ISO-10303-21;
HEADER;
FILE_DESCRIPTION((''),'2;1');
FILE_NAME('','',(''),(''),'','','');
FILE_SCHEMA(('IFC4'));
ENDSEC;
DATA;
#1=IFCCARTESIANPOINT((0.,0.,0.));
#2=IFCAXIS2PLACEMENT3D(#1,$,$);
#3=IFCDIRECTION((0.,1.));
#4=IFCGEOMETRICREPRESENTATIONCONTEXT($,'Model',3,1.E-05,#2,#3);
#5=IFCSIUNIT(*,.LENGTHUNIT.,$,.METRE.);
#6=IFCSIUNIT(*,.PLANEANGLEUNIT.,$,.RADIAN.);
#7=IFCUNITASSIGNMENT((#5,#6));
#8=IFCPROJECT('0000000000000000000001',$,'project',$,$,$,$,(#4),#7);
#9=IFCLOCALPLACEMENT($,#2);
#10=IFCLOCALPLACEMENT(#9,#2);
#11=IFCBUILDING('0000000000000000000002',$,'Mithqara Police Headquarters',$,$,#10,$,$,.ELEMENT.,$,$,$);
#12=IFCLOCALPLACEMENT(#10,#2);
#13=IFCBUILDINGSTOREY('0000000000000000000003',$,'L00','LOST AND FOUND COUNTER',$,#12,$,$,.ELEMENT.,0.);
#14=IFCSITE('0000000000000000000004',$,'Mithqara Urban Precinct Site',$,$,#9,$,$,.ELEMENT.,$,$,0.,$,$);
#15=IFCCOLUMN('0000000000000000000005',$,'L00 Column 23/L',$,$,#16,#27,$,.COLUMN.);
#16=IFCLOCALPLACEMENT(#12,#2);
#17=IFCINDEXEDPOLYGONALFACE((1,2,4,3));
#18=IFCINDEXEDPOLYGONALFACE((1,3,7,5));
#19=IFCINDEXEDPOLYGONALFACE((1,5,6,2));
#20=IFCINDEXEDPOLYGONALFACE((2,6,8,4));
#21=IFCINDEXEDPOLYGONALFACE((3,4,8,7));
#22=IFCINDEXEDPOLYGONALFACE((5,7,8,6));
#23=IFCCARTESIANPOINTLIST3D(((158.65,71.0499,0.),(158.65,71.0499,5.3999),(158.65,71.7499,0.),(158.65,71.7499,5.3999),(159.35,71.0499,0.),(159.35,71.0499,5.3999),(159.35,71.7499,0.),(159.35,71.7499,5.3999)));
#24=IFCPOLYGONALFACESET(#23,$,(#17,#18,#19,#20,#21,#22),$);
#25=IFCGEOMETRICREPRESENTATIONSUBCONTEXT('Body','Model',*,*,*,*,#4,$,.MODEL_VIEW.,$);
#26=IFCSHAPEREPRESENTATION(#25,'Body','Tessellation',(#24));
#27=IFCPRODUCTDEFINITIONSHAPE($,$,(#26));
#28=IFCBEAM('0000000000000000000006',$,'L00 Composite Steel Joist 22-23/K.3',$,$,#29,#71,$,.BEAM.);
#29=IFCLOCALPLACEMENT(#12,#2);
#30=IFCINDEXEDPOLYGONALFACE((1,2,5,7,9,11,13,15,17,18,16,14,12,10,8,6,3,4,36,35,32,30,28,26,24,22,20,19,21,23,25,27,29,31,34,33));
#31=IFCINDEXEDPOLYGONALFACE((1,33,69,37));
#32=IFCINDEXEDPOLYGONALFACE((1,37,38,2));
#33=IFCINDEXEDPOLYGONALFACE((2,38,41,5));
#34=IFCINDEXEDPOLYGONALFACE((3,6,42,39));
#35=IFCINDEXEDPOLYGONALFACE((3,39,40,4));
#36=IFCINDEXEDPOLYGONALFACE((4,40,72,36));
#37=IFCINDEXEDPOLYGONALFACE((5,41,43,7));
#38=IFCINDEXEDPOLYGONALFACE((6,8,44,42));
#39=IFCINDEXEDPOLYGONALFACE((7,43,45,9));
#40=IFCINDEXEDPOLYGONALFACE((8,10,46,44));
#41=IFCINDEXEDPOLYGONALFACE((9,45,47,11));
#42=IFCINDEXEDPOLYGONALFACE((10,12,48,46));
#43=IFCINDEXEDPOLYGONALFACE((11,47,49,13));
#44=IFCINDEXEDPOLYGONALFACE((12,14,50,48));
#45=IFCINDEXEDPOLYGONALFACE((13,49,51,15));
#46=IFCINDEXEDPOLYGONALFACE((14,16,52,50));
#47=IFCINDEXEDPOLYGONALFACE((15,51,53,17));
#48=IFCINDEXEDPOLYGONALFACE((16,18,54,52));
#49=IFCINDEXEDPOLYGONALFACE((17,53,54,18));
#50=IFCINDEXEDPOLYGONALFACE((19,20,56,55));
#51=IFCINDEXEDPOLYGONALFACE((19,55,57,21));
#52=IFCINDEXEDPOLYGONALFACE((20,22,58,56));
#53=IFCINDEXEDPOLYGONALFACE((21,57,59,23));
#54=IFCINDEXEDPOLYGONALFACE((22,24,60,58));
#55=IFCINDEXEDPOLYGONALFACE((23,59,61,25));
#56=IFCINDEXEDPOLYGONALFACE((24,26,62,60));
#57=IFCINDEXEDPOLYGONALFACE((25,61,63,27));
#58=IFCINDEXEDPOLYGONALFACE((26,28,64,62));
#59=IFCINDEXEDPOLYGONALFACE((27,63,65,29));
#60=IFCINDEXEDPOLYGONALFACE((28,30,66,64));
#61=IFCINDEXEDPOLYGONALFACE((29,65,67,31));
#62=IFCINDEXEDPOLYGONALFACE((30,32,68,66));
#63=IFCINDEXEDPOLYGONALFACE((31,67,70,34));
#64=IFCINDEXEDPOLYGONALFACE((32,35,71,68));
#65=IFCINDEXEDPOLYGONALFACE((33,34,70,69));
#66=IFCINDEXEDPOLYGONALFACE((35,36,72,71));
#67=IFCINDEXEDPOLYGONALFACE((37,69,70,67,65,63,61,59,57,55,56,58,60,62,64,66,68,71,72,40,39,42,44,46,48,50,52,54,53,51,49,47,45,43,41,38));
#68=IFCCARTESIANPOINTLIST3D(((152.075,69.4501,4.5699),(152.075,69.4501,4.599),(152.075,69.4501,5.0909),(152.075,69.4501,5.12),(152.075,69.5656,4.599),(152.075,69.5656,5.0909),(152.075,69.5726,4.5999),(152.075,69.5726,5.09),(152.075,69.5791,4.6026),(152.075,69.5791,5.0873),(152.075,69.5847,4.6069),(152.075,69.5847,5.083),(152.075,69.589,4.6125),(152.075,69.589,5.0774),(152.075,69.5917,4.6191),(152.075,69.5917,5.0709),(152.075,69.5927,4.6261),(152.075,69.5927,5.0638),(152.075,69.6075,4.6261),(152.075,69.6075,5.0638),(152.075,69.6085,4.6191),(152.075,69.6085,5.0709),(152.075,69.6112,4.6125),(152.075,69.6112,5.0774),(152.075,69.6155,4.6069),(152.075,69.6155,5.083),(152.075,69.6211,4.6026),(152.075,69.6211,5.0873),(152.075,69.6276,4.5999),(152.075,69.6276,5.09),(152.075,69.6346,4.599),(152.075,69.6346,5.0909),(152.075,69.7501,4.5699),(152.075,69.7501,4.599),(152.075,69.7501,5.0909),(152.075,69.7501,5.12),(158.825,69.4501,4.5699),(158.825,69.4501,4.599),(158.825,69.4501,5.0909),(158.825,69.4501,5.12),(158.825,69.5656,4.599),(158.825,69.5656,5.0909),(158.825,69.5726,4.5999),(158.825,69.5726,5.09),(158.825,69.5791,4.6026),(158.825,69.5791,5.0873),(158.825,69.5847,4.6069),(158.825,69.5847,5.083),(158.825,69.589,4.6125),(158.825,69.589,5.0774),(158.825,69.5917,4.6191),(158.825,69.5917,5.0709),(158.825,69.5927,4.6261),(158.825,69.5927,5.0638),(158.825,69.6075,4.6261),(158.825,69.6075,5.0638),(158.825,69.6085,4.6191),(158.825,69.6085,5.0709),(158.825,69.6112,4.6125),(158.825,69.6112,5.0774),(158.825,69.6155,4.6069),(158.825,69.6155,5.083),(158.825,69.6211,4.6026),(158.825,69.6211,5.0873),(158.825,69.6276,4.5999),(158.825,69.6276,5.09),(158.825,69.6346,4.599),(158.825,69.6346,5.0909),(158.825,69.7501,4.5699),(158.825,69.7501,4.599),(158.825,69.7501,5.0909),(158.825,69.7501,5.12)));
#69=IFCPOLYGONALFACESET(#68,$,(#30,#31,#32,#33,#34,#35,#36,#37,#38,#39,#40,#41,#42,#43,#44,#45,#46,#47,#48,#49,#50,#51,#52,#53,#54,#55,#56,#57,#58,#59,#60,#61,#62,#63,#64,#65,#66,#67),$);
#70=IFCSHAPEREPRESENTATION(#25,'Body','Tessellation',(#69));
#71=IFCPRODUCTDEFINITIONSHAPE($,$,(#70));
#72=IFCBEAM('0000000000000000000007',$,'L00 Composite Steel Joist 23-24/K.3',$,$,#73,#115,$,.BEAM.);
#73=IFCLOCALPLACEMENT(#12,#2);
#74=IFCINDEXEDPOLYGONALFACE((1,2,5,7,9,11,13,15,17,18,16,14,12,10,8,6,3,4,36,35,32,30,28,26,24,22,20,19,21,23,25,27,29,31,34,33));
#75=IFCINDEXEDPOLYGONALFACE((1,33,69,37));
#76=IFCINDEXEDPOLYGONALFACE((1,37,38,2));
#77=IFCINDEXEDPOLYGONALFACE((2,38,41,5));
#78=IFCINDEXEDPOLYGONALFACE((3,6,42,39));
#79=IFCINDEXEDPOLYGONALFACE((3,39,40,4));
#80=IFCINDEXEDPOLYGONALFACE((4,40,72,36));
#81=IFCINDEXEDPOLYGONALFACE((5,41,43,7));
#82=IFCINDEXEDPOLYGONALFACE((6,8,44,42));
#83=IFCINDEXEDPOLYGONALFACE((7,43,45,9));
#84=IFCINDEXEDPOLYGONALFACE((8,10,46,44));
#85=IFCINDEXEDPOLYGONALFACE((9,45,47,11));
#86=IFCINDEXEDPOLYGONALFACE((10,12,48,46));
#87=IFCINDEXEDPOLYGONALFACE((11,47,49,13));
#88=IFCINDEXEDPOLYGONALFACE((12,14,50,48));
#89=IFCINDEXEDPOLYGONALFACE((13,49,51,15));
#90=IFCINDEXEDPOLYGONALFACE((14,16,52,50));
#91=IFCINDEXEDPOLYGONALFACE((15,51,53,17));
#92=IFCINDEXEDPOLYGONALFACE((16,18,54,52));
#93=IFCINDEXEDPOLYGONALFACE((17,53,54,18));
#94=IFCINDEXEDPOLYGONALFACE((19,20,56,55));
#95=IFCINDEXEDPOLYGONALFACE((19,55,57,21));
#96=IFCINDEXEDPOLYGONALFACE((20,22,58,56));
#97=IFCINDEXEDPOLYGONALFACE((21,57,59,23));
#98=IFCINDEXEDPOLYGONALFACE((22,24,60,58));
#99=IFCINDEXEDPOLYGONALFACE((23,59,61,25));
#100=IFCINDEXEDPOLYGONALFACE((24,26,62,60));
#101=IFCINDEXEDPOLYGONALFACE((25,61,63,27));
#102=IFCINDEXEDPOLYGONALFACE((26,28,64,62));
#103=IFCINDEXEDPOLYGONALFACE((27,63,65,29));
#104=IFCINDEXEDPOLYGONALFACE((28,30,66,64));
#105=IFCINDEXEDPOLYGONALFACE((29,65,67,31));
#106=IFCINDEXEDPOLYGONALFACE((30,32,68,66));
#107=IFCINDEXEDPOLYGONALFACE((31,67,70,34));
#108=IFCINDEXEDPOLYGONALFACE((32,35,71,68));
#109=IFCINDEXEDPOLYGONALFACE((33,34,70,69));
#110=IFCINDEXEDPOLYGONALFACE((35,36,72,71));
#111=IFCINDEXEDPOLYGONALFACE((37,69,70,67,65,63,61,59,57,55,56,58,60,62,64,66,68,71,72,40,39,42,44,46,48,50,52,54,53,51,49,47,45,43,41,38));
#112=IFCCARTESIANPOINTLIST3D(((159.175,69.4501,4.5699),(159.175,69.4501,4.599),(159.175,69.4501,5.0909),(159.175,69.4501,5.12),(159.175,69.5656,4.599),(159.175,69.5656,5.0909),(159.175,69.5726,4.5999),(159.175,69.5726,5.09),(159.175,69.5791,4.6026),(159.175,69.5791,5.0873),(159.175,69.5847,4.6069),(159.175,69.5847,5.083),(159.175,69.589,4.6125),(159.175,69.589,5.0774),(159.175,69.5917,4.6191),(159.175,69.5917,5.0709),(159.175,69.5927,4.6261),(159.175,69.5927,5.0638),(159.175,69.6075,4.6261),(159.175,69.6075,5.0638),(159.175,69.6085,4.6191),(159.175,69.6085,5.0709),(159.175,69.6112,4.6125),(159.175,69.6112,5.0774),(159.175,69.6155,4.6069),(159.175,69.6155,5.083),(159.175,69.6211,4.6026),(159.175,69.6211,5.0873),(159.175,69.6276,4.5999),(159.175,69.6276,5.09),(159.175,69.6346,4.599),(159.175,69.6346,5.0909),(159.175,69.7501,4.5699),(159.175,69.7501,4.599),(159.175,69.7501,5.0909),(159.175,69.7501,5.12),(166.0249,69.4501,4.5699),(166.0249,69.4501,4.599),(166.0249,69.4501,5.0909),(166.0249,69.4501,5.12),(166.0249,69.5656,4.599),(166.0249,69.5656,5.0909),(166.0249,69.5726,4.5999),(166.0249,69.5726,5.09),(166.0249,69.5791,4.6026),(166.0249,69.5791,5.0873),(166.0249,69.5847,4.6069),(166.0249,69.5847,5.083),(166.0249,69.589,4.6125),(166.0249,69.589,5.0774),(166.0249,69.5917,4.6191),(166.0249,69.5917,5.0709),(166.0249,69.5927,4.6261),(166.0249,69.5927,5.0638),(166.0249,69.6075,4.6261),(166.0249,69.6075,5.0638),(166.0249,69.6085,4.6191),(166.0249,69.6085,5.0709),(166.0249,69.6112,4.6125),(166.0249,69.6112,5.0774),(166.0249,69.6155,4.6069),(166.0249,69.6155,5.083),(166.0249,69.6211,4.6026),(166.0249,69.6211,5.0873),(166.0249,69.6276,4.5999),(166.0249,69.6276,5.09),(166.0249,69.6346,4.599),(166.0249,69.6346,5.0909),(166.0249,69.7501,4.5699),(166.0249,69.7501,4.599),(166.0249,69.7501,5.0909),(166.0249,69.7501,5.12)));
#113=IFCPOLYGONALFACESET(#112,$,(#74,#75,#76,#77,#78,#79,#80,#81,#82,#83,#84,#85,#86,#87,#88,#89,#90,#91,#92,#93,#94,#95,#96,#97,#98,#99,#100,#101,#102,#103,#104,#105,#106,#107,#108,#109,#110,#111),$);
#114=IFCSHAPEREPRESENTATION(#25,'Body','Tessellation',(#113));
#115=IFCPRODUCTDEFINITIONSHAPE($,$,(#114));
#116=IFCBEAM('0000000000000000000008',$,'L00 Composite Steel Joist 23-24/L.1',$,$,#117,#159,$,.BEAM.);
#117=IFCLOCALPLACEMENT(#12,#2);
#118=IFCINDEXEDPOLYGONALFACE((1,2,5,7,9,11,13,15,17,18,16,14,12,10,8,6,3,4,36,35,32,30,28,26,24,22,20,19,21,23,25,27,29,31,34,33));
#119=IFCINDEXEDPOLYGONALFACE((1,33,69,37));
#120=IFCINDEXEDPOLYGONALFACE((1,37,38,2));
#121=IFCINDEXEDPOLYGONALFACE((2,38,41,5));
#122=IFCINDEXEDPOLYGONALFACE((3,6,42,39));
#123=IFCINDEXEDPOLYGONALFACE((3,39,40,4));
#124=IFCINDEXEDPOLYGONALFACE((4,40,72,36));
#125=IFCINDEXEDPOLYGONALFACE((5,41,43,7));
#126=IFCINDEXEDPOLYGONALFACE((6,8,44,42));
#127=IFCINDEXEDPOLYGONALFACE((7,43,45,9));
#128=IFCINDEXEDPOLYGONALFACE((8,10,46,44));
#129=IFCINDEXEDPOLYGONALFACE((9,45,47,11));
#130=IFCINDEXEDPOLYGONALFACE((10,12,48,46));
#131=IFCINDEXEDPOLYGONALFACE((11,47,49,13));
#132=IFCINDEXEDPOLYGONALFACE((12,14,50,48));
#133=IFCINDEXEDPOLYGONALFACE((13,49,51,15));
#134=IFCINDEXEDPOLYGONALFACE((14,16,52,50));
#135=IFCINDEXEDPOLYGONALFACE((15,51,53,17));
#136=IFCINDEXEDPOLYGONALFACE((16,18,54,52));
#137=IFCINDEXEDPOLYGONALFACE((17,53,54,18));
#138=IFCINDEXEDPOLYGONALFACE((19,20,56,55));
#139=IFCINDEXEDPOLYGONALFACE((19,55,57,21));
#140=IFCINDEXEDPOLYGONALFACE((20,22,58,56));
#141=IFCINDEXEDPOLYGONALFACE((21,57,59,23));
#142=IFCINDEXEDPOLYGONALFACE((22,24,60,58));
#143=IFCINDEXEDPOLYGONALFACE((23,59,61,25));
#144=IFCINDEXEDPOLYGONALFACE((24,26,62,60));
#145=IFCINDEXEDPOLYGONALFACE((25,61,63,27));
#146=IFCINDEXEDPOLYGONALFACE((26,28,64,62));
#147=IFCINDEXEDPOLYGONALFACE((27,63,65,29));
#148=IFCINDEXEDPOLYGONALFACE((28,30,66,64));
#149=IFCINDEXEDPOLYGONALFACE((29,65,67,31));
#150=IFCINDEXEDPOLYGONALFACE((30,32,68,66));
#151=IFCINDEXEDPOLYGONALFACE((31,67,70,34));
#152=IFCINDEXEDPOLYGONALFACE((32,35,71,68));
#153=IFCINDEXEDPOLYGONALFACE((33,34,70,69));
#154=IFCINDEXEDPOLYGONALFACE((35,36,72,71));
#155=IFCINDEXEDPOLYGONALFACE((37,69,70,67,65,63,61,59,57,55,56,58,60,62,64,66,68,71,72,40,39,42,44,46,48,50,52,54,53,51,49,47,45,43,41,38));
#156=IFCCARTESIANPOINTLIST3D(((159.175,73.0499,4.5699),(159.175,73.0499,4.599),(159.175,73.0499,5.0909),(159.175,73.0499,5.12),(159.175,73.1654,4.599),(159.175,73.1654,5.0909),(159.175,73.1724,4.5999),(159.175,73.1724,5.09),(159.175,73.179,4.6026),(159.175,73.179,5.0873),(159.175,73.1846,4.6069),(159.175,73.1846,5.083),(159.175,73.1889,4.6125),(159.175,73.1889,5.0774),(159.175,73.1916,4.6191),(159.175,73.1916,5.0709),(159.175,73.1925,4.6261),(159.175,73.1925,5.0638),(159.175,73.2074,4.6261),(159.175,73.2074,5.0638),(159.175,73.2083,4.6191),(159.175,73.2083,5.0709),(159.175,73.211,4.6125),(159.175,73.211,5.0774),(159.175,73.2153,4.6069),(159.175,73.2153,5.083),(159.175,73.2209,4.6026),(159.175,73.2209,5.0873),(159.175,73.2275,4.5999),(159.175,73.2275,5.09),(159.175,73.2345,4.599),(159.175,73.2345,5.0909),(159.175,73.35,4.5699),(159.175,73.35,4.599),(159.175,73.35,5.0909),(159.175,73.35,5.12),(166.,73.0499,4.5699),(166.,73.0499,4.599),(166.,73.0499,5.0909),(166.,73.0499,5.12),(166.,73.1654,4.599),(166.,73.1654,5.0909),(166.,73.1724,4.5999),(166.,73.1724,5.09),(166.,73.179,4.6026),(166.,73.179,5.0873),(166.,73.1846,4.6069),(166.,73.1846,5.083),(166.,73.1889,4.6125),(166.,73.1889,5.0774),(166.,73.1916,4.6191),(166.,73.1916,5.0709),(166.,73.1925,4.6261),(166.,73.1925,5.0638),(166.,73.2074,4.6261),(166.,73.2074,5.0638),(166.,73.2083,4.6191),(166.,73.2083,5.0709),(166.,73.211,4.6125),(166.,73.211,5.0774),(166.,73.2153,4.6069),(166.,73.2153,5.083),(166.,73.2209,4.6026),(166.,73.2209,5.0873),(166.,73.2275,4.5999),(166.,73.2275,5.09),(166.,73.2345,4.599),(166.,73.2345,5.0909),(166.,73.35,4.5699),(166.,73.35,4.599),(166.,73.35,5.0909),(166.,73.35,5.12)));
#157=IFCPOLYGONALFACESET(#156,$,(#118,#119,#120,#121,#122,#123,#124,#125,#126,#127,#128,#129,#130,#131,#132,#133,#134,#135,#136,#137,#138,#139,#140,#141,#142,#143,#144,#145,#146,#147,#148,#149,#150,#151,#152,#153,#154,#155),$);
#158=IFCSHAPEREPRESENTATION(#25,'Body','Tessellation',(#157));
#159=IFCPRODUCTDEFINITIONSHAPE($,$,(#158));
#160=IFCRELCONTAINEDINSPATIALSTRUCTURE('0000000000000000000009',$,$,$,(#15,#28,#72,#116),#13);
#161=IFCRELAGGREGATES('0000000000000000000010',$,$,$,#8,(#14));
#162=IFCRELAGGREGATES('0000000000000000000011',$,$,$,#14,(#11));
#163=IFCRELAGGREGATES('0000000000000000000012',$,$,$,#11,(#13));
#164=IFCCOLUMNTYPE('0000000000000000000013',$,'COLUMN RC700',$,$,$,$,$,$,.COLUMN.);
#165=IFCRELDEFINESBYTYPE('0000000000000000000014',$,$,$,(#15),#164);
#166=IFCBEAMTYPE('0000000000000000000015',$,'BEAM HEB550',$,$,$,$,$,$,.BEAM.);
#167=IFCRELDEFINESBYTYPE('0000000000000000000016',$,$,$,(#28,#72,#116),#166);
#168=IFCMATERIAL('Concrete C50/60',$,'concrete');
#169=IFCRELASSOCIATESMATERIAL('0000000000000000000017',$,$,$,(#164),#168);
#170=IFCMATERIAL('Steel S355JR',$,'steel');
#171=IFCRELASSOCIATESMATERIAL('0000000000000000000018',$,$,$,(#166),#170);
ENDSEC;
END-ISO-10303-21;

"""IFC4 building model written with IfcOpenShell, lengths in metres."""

from ifc_helpers import new_model, si_unit, direction, frame, origin, origin_2d, place, context, subcontext, project, spatial, rectangle, i_section, extrude, material, material_profile, profile_set, type_object, element, save


model = new_model("IFC4")

# Units and contexts
model_context = context("Model", 3, precision=1e-05, world=origin(), true_north=direction((0.0, 1.0)))
body_context = subcontext(model_context, "Body", "Model", "MODEL_VIEW")
ifc_project = project(units=[si_unit("LENGTHUNIT", "METRE"), si_unit("PLANEANGLEUNIT", "RADIAN")], contexts=[model_context])

# Site, building, storey
site_placement = place(None, origin())
site = spatial("IfcSite", under=ifc_project, at=site_placement, Name="Mithqara Urban Precinct Site", CompositionType="ELEMENT", RefElevation=0.0)
building_placement = place(site_placement, origin())
building = spatial("IfcBuilding", under=site, at=building_placement, Name="Mithqara Police Headquarters", CompositionType="ELEMENT")
storey_placement = place(building_placement, origin())
storey = spatial("IfcBuildingStorey", under=building, at=storey_placement, Name="L00", Description="LOST AND FOUND COUNTER", CompositionType="ELEMENT", Elevation=0.0)

# Column
ifc_material_1 = material(Name="Concrete C50/60", Category="concrete")
ifc_material_profile_1 = material_profile(ifc_material_1, rectangle(XDim=0.7, YDim=0.7, at=origin_2d()), Name="RC 700x700")
ifc_profile_set_1 = profile_set([ifc_material_profile_1], Name="Concrete C50/60")
column_type = type_object("IfcColumnType", Name="COLUMN RC700", PredefinedType="COLUMN", material=ifc_profile_set_1)
column_placement = place(storey_placement, frame((159.0, 71.3999, 0.0), z_axis=(0.0, 0.0, 1.0), x_axis=(1.0, 0.0, 0.0)))
element("IfcColumn", 1, at=column_placement, inside=storey, type_object=column_type, Name="L00 Column 23/L", PredefinedType="COLUMN", context=body_context, shape_type="SweptSolid", body=[
    extrude(rectangle(XDim=0.7, YDim=0.7, at=origin_2d()), origin(), (0.0, 0.0, 1.0), 5.3999),
])

# Beams
ifc_material_2 = material(Name="Steel S355JR", Category="steel")
ifc_material_profile_2 = material_profile(ifc_material_2, i_section(OverallWidth=0.3, OverallDepth=0.55, WebThickness=0.0149, FlangeThickness=0.0291, FilletRadius=0.0271, at=origin_2d()), Name="HEB 550")
ifc_profile_set_2 = profile_set([ifc_material_profile_2], Name="Steel S355JR")
beam_type_1 = type_object("IfcBeamType", Name="BEAM HEB550", PredefinedType="BEAM", material=ifc_profile_set_2)
beam_1_placement = place(storey_placement, frame((152.075, 69.6001, 4.845), z_axis=(1.0, 0.0, 0.0), x_axis=(0.0, 1.0, 0.0)))
element("IfcBeam", 2, at=beam_1_placement, inside=storey, type_object=beam_type_1, Name="L00 Composite Steel Joist 22-23/K.3", PredefinedType="BEAM", context=body_context, shape_type="SweptSolid", body=[
    extrude(i_section(OverallWidth=0.3, OverallDepth=0.55, WebThickness=0.0149, FlangeThickness=0.0291, FilletRadius=0.0271, at=origin_2d()), origin(), (0.0, 0.0, 1.0), 6.75),
])
beam_2_placement = place(storey_placement, frame((159.175, 69.6001, 4.845), z_axis=(1.0, 0.0, 0.0), x_axis=(0.0, 1.0, 0.0)))
element("IfcBeam", 3, at=beam_2_placement, inside=storey, type_object=beam_type_1, Name="L00 Composite Steel Joist 23-24/K.3", PredefinedType="BEAM", context=body_context, shape_type="SweptSolid", body=[
    extrude(i_section(OverallWidth=0.3, OverallDepth=0.55, WebThickness=0.0149, FlangeThickness=0.0291, FilletRadius=0.0271, at=origin_2d()), origin(), (0.0, 0.0, 1.0), 6.8499),
])
for number, where, z_axis, x_axis, name in (
    (4, (159.175, 73.2, 4.845), (1.0, 0.0, 0.0), (0.0, 1.0, 0.0), "L00 Composite Steel Joist 23-24/L.1"),
):
    element("IfcBeam", number, at=place(storey_placement, frame(where, z_axis=z_axis, x_axis=x_axis)), inside=storey, type_object=beam_type_1, Name=name, PredefinedType="BEAM", context=body_context, shape_type="SweptSolid", body=[
        extrude(i_section(OverallWidth=0.3, OverallDepth=0.55, WebThickness=0.0149, FlangeThickness=0.0291, FilletRadius=0.0271, at=origin_2d()), origin(), (0.0, 0.0, 1.0), 6.825),
    ])

save(model, "model.ifc")
